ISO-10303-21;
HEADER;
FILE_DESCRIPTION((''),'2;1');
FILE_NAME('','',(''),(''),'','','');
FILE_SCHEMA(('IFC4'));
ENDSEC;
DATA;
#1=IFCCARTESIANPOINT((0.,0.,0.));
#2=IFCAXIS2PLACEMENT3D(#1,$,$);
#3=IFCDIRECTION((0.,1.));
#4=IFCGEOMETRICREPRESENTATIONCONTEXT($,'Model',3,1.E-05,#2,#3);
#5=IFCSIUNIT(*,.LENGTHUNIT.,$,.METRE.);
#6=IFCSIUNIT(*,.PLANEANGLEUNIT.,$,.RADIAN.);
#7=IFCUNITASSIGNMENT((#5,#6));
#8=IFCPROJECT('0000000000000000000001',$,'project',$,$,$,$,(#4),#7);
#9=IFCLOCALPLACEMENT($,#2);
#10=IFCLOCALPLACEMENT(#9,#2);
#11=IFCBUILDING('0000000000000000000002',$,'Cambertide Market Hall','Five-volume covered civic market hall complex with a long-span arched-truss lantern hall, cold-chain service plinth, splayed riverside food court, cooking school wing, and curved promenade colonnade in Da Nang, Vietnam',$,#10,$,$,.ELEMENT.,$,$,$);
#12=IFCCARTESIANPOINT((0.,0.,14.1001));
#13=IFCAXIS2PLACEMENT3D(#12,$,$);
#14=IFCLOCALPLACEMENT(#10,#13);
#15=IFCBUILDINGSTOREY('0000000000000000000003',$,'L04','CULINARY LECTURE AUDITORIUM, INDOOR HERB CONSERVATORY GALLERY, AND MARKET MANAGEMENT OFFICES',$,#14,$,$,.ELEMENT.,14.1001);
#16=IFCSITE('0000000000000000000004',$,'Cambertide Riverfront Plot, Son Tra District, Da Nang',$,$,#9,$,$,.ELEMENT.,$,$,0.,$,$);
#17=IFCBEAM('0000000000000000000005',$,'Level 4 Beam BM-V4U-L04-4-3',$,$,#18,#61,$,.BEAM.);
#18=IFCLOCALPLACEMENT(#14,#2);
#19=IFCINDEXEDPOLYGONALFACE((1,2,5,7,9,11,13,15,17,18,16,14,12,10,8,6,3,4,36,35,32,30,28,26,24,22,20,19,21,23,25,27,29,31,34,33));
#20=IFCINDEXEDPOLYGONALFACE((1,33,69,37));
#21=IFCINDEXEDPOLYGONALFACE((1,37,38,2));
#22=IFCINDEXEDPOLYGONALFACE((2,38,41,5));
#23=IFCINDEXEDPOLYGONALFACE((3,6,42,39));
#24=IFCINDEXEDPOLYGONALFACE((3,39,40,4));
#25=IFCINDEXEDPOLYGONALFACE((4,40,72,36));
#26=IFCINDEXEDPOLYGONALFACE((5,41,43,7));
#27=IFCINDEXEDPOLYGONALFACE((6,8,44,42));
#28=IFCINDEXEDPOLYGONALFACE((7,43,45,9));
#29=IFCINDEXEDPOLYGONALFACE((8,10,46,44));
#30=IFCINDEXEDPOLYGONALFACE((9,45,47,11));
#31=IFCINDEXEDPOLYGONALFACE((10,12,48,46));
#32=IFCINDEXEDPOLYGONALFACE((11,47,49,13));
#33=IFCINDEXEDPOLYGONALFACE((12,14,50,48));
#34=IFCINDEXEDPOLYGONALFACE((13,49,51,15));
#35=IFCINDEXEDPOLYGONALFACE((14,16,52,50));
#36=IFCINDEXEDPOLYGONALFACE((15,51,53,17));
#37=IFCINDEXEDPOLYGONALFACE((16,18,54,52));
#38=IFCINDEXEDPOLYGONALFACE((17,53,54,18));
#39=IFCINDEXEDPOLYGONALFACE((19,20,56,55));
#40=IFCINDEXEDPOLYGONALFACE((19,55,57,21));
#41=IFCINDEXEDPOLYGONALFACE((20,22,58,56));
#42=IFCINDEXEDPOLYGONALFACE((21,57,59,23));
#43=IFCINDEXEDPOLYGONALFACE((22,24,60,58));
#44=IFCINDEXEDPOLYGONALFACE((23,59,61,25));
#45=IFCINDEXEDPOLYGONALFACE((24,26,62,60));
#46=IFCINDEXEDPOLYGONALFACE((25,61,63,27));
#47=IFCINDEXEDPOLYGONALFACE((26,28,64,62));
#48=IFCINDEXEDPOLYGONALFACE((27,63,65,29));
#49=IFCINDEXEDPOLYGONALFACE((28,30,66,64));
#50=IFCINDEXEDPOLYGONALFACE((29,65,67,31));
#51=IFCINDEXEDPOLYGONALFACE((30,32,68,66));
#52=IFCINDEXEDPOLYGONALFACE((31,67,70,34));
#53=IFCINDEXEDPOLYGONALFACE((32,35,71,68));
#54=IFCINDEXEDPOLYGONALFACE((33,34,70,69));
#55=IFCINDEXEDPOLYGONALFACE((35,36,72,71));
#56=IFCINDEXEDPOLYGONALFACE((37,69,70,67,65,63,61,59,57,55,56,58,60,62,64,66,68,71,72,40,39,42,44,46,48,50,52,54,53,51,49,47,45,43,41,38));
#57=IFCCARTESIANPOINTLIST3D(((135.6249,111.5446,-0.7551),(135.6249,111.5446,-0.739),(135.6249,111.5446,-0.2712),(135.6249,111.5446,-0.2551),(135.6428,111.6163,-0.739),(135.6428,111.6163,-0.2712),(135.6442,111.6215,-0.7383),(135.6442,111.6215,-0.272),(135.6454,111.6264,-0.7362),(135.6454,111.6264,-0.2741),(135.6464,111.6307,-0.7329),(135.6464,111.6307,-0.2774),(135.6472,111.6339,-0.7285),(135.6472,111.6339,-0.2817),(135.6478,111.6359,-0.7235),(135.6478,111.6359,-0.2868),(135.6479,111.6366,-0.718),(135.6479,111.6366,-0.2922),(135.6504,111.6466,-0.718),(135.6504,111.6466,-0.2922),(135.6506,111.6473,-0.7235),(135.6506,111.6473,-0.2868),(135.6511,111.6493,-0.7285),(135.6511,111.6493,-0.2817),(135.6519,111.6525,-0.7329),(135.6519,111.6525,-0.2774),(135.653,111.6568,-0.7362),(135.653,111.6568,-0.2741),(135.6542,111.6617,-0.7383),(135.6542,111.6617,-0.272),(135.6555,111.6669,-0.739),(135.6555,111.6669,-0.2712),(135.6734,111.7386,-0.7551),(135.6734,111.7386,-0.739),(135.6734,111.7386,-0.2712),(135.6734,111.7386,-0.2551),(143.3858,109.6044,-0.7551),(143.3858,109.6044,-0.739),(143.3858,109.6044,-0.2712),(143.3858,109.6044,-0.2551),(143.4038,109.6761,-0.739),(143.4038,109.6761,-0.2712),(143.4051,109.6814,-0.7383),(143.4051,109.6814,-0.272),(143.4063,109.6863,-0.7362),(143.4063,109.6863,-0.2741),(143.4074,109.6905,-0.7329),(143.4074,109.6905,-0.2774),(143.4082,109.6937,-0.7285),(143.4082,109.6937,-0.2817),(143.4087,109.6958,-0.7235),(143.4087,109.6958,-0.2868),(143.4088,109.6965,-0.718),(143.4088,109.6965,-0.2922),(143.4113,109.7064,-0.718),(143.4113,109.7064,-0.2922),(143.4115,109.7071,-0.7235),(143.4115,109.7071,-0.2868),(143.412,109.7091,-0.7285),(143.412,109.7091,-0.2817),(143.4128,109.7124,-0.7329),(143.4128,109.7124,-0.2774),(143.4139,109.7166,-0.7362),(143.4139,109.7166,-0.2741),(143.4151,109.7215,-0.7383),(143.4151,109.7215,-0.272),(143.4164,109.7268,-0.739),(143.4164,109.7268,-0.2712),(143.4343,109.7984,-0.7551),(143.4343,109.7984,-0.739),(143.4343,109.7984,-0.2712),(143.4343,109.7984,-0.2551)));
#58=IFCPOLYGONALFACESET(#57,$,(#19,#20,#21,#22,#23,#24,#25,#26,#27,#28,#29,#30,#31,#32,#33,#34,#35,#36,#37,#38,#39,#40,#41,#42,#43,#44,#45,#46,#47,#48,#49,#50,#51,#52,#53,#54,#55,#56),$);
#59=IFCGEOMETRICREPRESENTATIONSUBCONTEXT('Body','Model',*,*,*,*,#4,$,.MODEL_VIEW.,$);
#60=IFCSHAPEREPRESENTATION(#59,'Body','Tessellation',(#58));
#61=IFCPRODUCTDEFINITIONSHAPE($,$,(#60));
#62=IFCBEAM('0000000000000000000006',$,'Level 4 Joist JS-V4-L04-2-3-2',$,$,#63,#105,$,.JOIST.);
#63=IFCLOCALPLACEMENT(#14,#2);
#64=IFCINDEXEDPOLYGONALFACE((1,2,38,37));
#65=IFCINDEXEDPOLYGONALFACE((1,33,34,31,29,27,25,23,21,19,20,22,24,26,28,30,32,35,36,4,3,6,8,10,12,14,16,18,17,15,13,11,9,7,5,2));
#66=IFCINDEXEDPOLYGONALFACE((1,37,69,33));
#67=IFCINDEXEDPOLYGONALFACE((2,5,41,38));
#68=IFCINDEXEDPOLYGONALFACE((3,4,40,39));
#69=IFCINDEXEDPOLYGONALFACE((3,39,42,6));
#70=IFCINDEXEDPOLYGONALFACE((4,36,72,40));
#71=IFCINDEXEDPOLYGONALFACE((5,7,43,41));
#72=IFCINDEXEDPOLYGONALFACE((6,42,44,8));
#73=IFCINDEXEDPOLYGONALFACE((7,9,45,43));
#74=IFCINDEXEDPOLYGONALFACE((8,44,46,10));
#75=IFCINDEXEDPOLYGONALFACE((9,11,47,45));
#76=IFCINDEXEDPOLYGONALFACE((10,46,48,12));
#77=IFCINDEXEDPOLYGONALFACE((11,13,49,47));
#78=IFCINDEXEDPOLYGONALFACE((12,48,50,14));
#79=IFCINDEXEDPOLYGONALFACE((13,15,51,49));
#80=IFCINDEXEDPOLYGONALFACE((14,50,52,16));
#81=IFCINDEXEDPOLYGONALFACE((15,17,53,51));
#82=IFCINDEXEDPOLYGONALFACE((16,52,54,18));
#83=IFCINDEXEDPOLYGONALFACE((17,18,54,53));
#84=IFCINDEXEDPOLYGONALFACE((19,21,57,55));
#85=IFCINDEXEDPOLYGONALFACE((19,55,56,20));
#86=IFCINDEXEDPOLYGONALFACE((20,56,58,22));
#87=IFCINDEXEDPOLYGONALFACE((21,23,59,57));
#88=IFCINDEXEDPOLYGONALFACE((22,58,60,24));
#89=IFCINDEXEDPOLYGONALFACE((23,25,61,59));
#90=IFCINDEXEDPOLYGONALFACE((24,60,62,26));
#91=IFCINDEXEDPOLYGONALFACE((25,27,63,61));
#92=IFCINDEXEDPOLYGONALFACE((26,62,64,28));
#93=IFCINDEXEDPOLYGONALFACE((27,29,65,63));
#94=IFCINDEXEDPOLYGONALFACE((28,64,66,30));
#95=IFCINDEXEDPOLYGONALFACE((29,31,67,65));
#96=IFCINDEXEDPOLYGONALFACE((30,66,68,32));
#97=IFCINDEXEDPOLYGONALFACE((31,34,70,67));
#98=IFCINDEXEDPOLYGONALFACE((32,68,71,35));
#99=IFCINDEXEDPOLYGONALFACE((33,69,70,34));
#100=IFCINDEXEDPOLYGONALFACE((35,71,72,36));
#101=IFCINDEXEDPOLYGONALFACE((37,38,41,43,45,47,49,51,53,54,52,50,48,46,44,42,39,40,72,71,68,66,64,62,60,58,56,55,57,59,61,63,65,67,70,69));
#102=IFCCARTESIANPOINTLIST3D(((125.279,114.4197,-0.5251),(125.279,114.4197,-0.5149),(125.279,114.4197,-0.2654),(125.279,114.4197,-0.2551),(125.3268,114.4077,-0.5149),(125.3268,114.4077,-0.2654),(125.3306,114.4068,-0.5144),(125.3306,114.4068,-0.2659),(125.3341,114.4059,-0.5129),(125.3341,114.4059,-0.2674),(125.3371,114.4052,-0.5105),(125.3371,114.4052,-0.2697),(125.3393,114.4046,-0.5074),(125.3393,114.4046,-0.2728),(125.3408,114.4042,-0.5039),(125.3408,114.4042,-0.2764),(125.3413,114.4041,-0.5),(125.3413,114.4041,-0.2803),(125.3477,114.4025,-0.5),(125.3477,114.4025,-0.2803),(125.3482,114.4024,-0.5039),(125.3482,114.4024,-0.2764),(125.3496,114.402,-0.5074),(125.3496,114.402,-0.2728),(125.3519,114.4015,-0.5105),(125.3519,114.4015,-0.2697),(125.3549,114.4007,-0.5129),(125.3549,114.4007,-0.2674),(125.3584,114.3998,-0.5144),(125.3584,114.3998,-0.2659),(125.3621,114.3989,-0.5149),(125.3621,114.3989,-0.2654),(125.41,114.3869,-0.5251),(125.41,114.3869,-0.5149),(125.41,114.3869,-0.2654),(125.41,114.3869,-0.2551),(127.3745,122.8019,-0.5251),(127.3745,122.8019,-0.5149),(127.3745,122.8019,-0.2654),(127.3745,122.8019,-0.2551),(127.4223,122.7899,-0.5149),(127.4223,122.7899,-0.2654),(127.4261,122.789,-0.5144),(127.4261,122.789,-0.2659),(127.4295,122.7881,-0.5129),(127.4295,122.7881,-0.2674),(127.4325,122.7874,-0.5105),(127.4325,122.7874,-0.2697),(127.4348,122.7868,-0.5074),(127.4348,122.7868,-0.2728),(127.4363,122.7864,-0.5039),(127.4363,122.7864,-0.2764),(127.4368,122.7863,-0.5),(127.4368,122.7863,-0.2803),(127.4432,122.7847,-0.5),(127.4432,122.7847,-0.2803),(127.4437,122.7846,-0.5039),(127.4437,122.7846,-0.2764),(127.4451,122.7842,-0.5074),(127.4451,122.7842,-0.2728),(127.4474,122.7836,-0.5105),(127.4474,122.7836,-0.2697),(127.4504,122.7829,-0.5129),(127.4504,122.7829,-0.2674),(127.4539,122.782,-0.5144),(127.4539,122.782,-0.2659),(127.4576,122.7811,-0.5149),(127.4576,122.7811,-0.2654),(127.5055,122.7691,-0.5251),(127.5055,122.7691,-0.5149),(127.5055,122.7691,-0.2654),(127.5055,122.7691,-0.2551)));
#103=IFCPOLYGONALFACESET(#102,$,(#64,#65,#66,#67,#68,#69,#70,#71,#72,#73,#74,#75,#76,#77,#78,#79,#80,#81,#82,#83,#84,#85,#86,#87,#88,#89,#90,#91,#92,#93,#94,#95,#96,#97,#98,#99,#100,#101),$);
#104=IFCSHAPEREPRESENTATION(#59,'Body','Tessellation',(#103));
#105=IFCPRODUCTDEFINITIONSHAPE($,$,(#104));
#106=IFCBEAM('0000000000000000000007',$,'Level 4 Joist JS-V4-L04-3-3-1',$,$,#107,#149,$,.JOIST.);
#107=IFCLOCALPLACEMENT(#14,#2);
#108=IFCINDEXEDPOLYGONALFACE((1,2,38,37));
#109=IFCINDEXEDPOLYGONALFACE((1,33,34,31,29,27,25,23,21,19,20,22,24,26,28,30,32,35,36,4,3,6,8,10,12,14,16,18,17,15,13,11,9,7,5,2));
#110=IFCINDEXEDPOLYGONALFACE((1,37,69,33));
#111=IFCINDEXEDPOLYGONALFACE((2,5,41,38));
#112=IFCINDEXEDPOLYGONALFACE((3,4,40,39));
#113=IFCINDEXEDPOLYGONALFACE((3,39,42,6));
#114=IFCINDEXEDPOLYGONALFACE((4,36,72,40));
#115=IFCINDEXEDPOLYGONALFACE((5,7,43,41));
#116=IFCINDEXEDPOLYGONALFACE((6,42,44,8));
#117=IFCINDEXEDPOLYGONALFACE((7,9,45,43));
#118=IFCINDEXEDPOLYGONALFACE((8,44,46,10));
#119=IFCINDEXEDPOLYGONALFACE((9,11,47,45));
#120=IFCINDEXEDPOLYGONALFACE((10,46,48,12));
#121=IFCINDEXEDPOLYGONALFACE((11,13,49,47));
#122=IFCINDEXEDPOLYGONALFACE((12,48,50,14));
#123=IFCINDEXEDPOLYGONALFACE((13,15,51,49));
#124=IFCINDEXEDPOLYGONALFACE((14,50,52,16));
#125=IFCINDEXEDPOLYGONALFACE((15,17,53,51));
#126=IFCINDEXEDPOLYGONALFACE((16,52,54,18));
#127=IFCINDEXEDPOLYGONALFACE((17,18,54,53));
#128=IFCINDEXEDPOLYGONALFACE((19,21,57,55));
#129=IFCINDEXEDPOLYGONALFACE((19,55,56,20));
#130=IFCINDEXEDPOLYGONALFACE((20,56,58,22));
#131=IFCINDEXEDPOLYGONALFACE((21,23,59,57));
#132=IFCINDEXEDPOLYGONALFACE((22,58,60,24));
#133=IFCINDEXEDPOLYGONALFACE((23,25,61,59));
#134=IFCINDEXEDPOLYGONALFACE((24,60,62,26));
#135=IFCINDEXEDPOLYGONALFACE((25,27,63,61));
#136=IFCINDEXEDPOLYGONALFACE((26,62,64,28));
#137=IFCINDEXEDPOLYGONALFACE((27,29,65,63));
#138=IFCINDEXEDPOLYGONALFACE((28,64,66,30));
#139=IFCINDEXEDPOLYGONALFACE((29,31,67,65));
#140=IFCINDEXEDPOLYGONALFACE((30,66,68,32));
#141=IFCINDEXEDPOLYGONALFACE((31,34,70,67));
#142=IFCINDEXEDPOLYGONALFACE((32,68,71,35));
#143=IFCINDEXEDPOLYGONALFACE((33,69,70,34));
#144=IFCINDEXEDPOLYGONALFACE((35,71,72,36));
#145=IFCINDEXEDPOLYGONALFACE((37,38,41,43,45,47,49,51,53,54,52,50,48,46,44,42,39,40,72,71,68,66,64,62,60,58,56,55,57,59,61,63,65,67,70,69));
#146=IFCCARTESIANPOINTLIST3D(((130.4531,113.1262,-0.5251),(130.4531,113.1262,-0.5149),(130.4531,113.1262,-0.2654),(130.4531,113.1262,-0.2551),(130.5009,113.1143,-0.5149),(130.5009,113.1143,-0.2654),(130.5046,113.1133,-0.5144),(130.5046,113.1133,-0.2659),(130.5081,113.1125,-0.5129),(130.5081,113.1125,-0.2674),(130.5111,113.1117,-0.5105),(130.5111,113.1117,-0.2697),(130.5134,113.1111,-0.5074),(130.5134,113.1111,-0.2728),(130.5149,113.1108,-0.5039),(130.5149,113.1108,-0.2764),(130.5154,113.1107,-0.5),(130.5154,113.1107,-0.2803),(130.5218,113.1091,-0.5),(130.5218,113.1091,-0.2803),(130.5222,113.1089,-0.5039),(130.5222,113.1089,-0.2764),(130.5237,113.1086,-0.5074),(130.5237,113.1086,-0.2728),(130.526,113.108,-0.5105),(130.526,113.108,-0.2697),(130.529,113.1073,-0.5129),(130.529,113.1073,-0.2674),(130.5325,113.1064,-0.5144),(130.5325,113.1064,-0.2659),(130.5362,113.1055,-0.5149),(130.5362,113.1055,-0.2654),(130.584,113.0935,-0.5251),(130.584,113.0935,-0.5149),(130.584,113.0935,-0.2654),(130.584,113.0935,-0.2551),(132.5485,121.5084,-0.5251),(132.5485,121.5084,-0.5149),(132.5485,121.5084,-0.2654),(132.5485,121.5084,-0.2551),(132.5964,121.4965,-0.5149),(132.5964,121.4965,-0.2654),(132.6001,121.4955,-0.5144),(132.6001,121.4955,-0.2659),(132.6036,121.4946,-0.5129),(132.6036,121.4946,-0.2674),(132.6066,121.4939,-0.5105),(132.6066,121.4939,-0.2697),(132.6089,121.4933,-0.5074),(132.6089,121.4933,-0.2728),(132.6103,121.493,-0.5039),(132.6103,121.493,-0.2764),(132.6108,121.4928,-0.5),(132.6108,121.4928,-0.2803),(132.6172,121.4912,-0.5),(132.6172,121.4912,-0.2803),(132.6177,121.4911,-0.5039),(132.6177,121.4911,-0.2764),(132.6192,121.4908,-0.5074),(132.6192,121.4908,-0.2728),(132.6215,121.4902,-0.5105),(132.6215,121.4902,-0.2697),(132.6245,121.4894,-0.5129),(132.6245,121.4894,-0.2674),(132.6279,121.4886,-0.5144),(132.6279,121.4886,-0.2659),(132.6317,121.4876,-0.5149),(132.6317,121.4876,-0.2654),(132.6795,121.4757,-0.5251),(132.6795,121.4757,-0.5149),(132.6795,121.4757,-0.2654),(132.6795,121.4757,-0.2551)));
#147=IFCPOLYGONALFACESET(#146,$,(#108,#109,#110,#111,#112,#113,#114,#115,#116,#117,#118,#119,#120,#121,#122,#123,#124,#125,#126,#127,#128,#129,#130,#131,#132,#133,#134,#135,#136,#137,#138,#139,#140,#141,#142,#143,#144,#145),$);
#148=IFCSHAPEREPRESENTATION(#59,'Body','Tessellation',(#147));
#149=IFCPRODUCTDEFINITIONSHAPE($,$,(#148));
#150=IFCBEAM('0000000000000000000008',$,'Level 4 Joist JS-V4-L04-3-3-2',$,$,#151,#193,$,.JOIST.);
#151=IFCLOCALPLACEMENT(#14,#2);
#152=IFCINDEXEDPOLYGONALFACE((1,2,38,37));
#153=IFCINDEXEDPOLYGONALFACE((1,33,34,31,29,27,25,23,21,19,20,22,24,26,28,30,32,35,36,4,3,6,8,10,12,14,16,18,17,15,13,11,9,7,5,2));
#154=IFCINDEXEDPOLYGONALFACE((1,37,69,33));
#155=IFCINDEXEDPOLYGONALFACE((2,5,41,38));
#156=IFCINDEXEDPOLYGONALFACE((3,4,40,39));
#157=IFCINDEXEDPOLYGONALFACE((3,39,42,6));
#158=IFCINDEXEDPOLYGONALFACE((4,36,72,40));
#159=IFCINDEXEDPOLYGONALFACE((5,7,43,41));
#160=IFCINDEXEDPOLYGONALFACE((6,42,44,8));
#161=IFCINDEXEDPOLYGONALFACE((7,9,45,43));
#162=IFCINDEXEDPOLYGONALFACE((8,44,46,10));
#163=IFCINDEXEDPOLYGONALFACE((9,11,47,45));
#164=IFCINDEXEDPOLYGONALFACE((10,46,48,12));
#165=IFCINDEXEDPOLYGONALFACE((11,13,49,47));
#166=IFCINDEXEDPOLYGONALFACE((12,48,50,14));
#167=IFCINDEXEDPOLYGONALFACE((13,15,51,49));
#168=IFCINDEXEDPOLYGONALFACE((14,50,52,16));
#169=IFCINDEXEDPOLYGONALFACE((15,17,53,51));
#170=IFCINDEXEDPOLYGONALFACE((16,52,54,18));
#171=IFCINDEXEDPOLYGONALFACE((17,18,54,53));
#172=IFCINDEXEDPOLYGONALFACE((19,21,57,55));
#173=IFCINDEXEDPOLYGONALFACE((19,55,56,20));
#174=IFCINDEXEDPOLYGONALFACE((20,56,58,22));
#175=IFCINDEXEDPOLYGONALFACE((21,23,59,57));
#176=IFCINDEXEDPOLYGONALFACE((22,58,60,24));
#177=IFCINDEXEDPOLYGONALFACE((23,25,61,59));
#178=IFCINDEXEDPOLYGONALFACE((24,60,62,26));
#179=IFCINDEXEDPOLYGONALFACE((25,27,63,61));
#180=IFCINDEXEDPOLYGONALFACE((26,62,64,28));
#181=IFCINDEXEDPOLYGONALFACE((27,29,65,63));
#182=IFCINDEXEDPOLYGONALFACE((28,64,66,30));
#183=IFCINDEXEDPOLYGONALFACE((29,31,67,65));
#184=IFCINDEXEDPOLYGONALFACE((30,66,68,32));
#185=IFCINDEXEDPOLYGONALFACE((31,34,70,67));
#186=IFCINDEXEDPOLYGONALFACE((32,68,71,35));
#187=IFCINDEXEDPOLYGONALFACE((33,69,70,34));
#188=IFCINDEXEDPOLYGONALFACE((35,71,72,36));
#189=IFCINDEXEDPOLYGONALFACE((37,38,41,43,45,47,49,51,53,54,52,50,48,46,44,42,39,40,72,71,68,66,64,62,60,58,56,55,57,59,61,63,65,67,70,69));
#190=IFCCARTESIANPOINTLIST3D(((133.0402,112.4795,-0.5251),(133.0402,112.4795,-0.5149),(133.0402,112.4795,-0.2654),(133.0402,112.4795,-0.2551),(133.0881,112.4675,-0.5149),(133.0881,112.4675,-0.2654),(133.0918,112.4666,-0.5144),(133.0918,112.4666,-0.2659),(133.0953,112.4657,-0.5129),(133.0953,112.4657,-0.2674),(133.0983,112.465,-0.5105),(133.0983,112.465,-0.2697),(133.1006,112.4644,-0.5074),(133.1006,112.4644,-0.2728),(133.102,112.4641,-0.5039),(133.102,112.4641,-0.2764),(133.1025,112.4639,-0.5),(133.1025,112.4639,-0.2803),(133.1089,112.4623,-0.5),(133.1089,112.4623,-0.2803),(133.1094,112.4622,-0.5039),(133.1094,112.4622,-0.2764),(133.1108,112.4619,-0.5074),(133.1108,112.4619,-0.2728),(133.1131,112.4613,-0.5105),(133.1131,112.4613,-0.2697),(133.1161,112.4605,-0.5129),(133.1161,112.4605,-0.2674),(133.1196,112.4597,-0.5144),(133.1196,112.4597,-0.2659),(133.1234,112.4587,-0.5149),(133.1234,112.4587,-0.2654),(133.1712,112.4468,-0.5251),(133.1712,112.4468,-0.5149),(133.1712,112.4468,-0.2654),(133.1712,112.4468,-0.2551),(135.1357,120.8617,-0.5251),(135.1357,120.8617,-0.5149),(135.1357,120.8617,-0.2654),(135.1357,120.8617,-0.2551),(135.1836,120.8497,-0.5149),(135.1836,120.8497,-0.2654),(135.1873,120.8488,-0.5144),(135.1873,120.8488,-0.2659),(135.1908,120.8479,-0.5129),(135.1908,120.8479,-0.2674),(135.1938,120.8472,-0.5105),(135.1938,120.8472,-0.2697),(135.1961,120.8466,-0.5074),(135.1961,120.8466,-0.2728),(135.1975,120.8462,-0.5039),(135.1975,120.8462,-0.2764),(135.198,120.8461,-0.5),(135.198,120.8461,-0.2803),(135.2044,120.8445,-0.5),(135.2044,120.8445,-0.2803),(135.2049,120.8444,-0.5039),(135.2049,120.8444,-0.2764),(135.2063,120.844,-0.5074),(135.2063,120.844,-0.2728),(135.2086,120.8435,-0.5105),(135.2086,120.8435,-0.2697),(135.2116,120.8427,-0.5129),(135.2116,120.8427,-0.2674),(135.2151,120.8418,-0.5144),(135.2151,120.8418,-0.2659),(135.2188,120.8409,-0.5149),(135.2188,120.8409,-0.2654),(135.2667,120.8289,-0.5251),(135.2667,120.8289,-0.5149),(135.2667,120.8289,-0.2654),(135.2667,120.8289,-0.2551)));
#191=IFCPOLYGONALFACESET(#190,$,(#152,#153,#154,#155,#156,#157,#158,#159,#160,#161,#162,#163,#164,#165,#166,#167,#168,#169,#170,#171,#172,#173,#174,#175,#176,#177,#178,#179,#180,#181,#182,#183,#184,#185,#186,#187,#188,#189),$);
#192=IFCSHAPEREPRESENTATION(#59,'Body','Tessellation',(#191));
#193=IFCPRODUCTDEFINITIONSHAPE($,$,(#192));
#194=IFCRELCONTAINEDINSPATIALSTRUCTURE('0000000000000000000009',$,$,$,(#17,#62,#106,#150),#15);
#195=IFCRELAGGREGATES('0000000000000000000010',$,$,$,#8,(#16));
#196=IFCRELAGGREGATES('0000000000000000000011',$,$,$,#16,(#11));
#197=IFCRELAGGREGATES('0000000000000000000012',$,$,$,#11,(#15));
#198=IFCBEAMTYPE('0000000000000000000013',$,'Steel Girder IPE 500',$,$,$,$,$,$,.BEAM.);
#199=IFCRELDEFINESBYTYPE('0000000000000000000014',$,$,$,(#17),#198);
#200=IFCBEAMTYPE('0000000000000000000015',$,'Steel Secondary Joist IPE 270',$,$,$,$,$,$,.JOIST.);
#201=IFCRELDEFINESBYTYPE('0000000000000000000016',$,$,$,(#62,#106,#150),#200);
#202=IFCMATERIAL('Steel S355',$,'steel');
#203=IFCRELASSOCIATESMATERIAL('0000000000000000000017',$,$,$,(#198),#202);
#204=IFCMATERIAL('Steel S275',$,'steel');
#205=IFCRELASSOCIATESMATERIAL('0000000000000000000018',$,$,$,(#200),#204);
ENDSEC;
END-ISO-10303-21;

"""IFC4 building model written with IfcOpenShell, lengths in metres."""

from ifc_helpers import new_model, si_unit, direction, frame, origin, origin_2d, place, context, subcontext, project, spatial, i_section, extrude, material, material_profile, profile_set, type_object, element, save


model = new_model("IFC4")

# Units and contexts
model_context = context("Model", 3, precision=1e-05, world=origin(), true_north=direction((0.0, 1.0)))
body_context = subcontext(model_context, "Body", "Model", "MODEL_VIEW")
ifc_project = project(units=[si_unit("LENGTHUNIT", "METRE"), si_unit("PLANEANGLEUNIT", "RADIAN")], contexts=[model_context])

# Site, building, storey
site_placement = place(None, origin())
site = spatial("IfcSite", under=ifc_project, at=site_placement, Name="Cambertide Riverfront Plot, Son Tra District, Da Nang", CompositionType="ELEMENT", RefElevation=0.0)
building_placement = place(site_placement, origin())
building = spatial("IfcBuilding", under=site, at=building_placement, Name="Cambertide Market Hall", Description="Five-volume covered civic market hall complex with a long-span arched-truss lantern hall, cold-chain service plinth, splayed riverside food court, cooking school wing, and curved promenade colonnade in Da Nang, Vietnam", CompositionType="ELEMENT")
storey_placement = place(building_placement, frame((0.0, 0.0, 14.1001)))
storey = spatial("IfcBuildingStorey", under=building, at=storey_placement, Name="L04", Description="CULINARY LECTURE AUDITORIUM, INDOOR HERB CONSERVATORY GALLERY, AND MARKET MANAGEMENT OFFICES", CompositionType="ELEMENT", Elevation=14.1001)

# Beams
ifc_material_1 = material(Name="Steel S355", Category="steel")
ifc_material_profile_1 = material_profile(ifc_material_1, i_section(OverallWidth=0.2, OverallDepth=0.5, WebThickness=0.0103, FlangeThickness=0.0161, FilletRadius=0.021, at=origin_2d()), Name="IPE 500")
ifc_profile_set_1 = profile_set([ifc_material_profile_1], Name="Steel S355")
beam_type_1 = type_object("IfcBeamType", Name="Steel Girder IPE 500", PredefinedType="BEAM", material=ifc_profile_set_1)
beam_1_placement = place(storey_placement, frame((135.6492, 111.6416, -0.5051), z_axis=(0.970144, -0.242528, 0.0), x_axis=(0.242528, 0.970144, 0.0)))
element("IfcBeam", 1, at=beam_1_placement, inside=storey, type_object=beam_type_1, Name="Level 4 Beam BM-V4U-L04-4-3", PredefinedType="BEAM", context=body_context, shape_type="SweptSolid", body=[
    extrude(i_section(OverallWidth=0.2, OverallDepth=0.5, WebThickness=0.0103, FlangeThickness=0.0161, FilletRadius=0.021, at=origin_2d()), origin(), (0.0, 0.0, 1.0), 7.9998),
])
ifc_material_2 = material(Name="Steel S275", Category="steel")
ifc_material_profile_2 = material_profile(ifc_material_2, i_section(OverallWidth=0.135, OverallDepth=0.27, WebThickness=0.0066, FlangeThickness=0.0103, FilletRadius=0.0149, at=origin_2d()), Name="IPE 270")
ifc_profile_set_2 = profile_set([ifc_material_profile_2], Name="Steel S275")
beam_type_2 = type_object("IfcBeamType", Name="Steel Secondary Joist IPE 270", PredefinedType="JOIST", material=ifc_profile_set_2)
for number, where, z_axis, x_axis, name in (
    (2, (125.3445, 114.4033, -0.3901), (0.242529, 0.970144, 0.0), (-0.970144, 0.242529, 0.0), "Level 4 Joist JS-V4-L04-2-3-2"),
    (3, (130.5186, 113.1099, -0.3901), (0.242529, 0.970144, 0.0), (-0.970144, 0.242529, 0.0), "Level 4 Joist JS-V4-L04-3-3-1"),
    (4, (133.1057, 112.4631, -0.3901), (0.242529, 0.970144, 0.0), (-0.970144, 0.242529, 0.0), "Level 4 Joist JS-V4-L04-3-3-2"),
):
    element("IfcBeam", number, at=place(storey_placement, frame(where, z_axis=z_axis, x_axis=x_axis)), inside=storey, type_object=beam_type_2, Name=name, PredefinedType="JOIST", context=body_context, shape_type="SweptSolid", body=[
        extrude(i_section(OverallWidth=0.135, OverallDepth=0.27, WebThickness=0.0066, FlangeThickness=0.0103, FilletRadius=0.0149, at=origin_2d()), origin(), (0.0, 0.0, 1.0), 8.6401),
    ])

save(model, "model.ifc")
